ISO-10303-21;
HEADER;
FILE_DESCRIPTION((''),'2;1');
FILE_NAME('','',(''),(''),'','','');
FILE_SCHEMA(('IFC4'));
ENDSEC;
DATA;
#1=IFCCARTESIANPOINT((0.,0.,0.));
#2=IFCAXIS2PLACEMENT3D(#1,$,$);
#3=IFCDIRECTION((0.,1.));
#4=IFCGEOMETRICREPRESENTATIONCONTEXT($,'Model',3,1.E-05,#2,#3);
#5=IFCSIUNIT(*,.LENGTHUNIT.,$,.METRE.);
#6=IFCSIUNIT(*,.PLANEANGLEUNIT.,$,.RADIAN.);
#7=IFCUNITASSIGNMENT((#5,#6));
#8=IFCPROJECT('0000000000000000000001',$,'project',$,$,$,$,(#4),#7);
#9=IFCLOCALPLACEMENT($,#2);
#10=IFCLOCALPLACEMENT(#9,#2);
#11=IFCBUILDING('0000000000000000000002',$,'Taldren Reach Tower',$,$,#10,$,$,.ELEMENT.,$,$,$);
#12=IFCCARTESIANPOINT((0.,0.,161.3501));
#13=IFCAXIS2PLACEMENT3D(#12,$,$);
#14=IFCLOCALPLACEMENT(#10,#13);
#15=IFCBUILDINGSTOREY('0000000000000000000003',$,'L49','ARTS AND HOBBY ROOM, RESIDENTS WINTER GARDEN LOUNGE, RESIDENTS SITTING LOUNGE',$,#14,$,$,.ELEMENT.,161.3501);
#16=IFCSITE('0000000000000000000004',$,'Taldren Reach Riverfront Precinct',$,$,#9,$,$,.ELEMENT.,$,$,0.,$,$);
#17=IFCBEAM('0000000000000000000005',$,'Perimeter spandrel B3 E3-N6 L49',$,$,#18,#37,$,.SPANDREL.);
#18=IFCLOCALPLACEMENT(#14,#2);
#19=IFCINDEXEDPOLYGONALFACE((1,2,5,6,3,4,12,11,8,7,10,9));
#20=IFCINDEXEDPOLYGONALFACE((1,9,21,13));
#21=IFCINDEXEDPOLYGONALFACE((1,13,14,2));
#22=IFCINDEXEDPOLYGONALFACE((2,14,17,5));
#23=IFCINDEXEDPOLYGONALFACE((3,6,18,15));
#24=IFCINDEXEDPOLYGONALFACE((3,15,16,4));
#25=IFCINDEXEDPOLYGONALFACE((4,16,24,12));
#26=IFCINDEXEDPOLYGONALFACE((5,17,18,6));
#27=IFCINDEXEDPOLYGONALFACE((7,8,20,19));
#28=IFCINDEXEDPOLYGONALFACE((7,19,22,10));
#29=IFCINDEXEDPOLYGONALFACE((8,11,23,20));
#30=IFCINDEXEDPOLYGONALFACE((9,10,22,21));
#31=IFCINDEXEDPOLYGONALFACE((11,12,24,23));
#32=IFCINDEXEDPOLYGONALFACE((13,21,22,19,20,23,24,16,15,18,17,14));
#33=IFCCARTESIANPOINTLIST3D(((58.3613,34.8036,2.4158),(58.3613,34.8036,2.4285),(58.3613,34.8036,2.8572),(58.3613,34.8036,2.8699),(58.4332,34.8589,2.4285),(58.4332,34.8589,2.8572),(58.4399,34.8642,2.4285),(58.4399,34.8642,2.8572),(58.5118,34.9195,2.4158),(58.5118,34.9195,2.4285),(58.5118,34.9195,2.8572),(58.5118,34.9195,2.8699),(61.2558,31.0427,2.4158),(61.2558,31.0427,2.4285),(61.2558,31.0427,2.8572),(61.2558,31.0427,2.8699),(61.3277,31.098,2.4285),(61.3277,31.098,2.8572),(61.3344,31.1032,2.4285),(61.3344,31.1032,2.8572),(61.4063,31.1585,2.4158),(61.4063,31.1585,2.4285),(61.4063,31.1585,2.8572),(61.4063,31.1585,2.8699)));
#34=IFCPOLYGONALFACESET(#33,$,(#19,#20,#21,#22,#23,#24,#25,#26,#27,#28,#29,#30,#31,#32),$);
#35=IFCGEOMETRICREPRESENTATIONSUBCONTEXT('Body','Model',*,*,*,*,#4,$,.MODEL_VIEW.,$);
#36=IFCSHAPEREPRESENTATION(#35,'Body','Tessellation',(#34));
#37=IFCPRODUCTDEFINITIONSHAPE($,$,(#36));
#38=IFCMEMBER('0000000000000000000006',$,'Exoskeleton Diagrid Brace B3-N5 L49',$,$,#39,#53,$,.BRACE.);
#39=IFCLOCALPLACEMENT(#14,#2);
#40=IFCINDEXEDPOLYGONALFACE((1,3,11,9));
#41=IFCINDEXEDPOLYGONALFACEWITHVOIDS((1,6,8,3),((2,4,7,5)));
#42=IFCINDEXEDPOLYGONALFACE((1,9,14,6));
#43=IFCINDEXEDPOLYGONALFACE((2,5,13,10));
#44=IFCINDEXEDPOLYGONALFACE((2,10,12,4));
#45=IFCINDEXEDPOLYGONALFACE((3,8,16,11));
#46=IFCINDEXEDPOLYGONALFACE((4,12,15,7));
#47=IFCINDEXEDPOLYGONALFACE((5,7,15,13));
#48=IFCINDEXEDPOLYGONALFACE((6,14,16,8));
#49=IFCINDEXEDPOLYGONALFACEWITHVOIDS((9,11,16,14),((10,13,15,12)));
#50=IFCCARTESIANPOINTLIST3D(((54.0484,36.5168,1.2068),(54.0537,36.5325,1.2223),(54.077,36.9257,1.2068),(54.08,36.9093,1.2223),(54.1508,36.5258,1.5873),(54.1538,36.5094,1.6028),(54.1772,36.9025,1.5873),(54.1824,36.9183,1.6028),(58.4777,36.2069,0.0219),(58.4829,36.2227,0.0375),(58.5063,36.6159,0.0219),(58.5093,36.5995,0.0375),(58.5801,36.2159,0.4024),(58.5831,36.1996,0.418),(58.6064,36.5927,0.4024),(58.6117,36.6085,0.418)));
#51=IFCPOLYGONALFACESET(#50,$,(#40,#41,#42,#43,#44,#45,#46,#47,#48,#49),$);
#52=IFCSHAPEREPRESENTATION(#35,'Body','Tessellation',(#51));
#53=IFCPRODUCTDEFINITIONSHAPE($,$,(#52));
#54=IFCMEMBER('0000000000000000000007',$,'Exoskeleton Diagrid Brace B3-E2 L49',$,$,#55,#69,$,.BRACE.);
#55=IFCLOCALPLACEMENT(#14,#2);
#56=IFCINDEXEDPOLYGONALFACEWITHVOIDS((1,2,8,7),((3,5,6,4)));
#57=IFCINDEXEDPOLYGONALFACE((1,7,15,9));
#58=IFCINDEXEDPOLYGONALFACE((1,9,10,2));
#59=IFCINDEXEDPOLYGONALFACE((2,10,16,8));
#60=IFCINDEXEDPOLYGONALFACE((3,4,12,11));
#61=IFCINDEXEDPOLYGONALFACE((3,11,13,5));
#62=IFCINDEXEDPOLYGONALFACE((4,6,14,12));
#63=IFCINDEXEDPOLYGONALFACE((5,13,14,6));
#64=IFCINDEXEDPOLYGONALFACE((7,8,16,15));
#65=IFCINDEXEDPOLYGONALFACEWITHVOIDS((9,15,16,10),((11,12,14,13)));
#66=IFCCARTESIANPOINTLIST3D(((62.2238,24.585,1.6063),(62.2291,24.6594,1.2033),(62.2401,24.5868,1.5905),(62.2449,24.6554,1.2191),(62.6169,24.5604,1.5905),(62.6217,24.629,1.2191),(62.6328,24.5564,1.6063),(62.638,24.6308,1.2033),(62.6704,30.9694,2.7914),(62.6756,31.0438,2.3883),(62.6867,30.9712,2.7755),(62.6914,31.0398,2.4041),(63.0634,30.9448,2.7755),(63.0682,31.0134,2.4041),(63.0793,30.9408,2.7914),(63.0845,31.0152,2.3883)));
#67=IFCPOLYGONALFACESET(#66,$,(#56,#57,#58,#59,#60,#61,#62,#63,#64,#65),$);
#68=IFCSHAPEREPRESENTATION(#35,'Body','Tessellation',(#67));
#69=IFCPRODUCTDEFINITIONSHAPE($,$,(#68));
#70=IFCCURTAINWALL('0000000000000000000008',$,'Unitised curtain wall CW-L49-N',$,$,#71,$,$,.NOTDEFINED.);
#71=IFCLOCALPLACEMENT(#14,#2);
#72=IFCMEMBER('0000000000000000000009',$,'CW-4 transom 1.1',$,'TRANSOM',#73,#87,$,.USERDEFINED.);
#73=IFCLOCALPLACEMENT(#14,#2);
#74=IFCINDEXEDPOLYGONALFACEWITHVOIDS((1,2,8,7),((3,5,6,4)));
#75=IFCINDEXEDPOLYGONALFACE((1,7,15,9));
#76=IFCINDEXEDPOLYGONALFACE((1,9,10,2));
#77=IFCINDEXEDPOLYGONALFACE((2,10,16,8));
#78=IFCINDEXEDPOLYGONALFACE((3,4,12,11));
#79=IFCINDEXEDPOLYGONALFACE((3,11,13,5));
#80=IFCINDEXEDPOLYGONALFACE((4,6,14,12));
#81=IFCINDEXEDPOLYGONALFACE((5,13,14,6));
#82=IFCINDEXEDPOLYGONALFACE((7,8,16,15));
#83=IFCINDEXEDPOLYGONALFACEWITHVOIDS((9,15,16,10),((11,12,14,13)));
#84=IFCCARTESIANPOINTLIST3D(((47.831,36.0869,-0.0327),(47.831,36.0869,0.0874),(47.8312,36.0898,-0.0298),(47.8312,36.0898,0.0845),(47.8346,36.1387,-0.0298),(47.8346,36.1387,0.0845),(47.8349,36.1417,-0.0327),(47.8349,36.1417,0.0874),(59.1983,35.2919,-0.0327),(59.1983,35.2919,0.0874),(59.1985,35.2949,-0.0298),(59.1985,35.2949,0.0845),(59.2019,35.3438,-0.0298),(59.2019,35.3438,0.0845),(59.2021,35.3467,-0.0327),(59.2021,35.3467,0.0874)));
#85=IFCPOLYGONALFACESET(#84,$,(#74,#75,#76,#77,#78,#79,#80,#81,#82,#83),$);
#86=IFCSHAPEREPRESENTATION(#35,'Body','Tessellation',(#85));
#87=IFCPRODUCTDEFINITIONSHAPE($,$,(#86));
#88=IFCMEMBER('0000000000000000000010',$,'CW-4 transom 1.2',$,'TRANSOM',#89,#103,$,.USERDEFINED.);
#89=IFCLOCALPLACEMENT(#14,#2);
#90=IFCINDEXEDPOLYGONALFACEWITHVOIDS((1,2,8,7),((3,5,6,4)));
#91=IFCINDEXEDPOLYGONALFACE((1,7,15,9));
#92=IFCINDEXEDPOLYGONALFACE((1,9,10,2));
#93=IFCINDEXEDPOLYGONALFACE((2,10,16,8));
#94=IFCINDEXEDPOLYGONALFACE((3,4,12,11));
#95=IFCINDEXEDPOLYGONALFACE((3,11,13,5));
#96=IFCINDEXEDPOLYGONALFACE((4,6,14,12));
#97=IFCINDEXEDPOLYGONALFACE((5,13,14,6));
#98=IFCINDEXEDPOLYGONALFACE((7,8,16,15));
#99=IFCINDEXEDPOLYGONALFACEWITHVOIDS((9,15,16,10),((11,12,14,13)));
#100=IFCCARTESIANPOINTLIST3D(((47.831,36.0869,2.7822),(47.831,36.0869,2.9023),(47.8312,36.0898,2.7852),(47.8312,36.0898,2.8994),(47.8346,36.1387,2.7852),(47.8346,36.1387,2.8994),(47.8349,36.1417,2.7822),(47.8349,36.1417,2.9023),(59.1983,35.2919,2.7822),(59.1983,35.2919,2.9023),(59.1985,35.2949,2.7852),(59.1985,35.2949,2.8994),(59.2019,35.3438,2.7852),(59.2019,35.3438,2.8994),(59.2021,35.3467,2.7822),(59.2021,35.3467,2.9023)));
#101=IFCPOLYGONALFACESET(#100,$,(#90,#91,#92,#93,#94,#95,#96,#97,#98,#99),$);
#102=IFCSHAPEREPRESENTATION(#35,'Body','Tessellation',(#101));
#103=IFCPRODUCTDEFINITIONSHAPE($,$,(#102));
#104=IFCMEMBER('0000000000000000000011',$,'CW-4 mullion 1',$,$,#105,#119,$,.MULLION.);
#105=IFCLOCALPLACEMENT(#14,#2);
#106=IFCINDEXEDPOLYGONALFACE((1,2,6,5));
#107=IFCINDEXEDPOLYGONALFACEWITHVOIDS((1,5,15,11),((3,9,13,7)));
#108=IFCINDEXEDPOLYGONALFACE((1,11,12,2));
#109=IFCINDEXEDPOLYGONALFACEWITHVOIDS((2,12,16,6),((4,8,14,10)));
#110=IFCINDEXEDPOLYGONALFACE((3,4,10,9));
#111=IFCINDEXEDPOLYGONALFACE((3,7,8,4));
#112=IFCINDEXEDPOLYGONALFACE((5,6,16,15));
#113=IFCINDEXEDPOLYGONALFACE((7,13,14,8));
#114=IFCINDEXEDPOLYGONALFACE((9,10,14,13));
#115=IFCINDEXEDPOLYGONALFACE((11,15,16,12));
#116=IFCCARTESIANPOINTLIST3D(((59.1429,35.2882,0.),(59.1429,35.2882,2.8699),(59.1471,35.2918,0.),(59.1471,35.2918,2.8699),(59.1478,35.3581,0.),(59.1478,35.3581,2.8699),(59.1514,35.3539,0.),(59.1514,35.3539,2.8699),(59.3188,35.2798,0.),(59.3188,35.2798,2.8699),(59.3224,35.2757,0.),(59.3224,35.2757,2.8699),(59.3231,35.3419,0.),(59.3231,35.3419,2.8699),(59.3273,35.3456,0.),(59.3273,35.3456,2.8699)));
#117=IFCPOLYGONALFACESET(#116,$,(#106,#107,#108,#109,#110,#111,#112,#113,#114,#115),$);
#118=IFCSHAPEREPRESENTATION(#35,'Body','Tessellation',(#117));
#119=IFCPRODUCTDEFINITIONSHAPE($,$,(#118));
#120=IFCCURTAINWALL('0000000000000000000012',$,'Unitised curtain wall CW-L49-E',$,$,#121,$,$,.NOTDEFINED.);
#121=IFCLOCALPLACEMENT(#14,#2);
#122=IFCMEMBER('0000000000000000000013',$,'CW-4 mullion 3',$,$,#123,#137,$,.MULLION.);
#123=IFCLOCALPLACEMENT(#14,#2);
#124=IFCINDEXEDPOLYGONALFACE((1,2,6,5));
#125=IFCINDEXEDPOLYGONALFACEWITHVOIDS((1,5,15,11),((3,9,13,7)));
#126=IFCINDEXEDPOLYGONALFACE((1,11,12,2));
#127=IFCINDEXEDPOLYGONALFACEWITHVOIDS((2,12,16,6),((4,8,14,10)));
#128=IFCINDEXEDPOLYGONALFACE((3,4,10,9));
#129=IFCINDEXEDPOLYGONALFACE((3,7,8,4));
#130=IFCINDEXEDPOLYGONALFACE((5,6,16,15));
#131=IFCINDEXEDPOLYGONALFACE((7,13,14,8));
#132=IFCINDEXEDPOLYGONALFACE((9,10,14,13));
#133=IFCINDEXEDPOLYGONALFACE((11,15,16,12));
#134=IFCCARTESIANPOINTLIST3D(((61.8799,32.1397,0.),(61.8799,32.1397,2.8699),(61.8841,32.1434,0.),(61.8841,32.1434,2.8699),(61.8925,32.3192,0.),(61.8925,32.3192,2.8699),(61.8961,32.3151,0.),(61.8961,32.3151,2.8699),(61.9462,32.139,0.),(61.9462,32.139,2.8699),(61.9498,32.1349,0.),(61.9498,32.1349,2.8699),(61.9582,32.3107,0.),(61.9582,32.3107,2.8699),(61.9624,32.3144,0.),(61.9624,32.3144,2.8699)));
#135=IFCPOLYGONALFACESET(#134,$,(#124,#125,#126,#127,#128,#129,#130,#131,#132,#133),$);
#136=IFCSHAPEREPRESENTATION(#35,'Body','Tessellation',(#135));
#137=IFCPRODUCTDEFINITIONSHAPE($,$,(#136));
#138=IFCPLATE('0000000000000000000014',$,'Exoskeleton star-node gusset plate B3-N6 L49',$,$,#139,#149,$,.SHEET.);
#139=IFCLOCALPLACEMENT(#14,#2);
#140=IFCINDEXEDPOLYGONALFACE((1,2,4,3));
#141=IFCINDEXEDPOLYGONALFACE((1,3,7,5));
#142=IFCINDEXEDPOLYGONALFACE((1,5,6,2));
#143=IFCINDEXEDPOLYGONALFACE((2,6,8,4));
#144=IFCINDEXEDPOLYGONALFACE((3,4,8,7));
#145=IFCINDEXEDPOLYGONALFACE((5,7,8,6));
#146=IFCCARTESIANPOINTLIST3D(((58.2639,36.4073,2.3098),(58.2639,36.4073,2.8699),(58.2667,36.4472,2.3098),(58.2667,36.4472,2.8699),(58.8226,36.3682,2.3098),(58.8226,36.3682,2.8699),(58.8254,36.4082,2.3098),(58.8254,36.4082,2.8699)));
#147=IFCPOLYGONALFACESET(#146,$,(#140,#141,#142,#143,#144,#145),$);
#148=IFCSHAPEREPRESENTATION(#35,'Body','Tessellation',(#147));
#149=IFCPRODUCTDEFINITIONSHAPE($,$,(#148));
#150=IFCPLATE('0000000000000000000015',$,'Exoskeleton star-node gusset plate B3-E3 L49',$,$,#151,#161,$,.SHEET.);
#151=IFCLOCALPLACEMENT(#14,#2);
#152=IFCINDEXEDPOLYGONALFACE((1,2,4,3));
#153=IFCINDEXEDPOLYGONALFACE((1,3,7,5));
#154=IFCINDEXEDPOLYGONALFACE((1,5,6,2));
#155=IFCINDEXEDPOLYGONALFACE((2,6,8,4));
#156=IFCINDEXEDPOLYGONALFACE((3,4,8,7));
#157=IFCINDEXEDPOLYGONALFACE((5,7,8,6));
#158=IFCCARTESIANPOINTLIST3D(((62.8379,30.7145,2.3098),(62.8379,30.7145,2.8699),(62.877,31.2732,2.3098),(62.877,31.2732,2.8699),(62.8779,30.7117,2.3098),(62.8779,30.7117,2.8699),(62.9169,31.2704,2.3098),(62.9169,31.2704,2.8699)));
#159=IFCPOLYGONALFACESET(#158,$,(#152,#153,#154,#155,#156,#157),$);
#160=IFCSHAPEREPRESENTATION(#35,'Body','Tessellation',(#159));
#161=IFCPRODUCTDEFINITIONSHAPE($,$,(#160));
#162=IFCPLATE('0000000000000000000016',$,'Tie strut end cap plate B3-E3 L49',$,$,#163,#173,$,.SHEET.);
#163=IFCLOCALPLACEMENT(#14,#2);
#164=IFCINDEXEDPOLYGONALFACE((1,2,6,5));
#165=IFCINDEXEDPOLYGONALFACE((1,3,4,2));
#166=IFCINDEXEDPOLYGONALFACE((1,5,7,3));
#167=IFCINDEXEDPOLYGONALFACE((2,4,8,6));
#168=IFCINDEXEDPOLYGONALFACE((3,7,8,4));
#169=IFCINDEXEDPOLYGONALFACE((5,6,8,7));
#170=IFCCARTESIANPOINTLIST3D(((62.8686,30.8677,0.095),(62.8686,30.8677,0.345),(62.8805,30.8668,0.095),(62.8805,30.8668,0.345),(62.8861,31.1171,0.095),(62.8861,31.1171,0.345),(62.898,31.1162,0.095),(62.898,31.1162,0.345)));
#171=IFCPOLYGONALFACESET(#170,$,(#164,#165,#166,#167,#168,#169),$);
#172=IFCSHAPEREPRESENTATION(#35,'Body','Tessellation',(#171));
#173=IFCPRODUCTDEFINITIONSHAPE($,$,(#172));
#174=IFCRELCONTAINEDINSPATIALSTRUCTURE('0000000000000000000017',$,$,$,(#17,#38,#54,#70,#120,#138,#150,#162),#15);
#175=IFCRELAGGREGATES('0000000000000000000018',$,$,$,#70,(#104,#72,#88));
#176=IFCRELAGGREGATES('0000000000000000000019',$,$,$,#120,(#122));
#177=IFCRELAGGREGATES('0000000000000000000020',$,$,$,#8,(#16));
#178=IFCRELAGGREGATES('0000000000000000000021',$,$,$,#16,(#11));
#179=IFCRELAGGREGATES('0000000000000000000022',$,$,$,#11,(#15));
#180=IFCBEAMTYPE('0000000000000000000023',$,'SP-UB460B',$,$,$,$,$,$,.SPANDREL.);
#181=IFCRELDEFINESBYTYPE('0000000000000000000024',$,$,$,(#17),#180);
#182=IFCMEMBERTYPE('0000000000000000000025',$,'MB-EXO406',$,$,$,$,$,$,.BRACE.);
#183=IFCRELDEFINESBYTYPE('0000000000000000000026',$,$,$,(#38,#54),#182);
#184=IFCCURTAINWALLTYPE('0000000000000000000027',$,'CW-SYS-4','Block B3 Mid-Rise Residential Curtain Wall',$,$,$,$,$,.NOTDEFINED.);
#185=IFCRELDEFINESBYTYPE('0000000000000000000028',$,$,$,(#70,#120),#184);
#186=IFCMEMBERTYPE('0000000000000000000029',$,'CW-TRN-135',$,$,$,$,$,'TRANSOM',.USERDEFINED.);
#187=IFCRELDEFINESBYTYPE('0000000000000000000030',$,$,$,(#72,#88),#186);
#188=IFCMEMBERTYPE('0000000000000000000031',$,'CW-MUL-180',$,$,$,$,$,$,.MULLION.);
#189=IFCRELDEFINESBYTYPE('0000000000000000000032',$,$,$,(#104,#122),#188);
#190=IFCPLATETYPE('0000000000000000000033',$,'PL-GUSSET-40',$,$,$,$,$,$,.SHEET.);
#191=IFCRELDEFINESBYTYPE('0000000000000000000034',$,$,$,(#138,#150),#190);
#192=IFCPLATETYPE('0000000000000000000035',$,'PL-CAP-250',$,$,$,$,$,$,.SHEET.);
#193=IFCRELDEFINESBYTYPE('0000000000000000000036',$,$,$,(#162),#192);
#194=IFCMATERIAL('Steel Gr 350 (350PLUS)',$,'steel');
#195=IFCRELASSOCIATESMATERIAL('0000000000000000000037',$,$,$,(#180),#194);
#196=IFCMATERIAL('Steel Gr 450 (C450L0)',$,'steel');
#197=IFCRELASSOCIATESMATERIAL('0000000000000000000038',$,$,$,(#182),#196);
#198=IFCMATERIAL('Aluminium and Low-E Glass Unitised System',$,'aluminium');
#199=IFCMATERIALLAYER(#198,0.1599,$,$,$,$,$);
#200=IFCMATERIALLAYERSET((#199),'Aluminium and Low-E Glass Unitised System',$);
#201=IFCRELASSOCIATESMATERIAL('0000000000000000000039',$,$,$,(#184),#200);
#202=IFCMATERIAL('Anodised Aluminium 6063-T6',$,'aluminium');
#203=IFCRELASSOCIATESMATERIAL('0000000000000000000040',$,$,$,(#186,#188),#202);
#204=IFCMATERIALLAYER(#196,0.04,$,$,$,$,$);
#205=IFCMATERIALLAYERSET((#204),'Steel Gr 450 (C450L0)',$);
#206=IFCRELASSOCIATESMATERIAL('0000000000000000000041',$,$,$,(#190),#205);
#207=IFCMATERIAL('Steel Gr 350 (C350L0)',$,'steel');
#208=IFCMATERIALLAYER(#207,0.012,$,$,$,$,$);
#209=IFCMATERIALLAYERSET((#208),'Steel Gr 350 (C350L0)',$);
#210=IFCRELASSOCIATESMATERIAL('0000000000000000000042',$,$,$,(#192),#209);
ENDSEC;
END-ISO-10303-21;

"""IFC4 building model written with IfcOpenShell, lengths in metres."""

from ifc_helpers import new_model, si_unit, direction, frame, origin, origin_2d, place, context, subcontext, project, spatial, rectangle, hollow_rectangle, i_section, extrude, source, transform, mapped, material, layer, layer_set, material_profile, profile_set, type_object, element, aggregate, save


model = new_model("IFC4")

# Units and contexts
model_context = context("Model", 3, precision=1e-05, world=origin(), true_north=direction((0.0, 1.0)))
body_context = subcontext(model_context, "Body", "Model", "MODEL_VIEW")
ifc_project = project(units=[si_unit("LENGTHUNIT", "METRE"), si_unit("PLANEANGLEUNIT", "RADIAN")], contexts=[model_context])

# Site, building, storey
site_placement = place(None, origin())
site = spatial("IfcSite", under=ifc_project, at=site_placement, Name="Taldren Reach Riverfront Precinct", CompositionType="ELEMENT", RefElevation=0.0)
building_placement = place(site_placement, origin())
building = spatial("IfcBuilding", under=site, at=building_placement, Name="Taldren Reach Tower", CompositionType="ELEMENT")
storey_placement = place(building_placement, frame((0.0, 0.0, 161.3501)))
storey = spatial("IfcBuildingStorey", under=building, at=storey_placement, Name="L49", Description="ARTS AND HOBBY ROOM, RESIDENTS WINTER GARDEN LOUNGE, RESIDENTS SITTING LOUNGE", CompositionType="ELEMENT", Elevation=161.3501)

# Shared definitions
ifc_material_1 = material(Name="Steel Gr 450 (C450L0)", Category="steel")
ifc_material_2 = material(Name="Steel Gr 350 (350PLUS)", Category="steel")

# Shared definitions
ifc_material_3 = material(Name="Steel Gr 350 (C350L0)", Category="steel")

# Beam
ifc_material_profile_1 = material_profile(ifc_material_2, i_section(OverallWidth=0.1899, OverallDepth=0.4541, WebThickness=0.0085, FlangeThickness=0.0127, at=origin_2d()), Name="460UB67.1")
ifc_profile_set_1 = profile_set([ifc_material_profile_1], Name="Steel Gr 350 (350PLUS)")
beam_type = type_object("IfcBeamType", Name="SP-UB460B", PredefinedType="SPANDREL", material=ifc_profile_set_1)
shared_shape_1 = source(origin(), body_context, "Body", "SweptSolid", [
    extrude(i_section(OverallWidth=0.1899, OverallDepth=0.4541, WebThickness=0.0085, FlangeThickness=0.0127, at=origin_2d()), origin(), (0.0, 0.0, 1.0), 4.7458),
])
beam_1_placement = place(storey_placement, frame((61.3311, 31.1006, 2.6428), z_axis=(-0.609905, 0.792475, 0.0), x_axis=(-0.792475, -0.609905, 0.0)))
element("IfcBeam", 1, at=beam_1_placement, inside=storey, type_object=beam_type, Name="Perimeter spandrel B3 E3-N6 L49", PredefinedType="SPANDREL", context=body_context, shape_type="MappedRepresentation", body=[
    mapped(shared_shape_1, transform((0.0, 0.0, 0.0), scale=1.0)),
])

# Members
ifc_material_profile_2 = material_profile(ifc_material_1, hollow_rectangle(XDim=0.4099, YDim=0.4099, WallThickness=0.0161, at=origin_2d()), Name="410x410x16.0SHS")
ifc_profile_set_2 = profile_set([ifc_material_profile_2], Name="Steel Gr 450 (C450L0)")
member_type_1 = type_object("IfcMemberType", Name="MB-EXO406", PredefinedType="BRACE", material=ifc_profile_set_2)
shared_shape_2 = source(origin(), body_context, "Body", "SweptSolid", [
    extrude(hollow_rectangle(XDim=0.4099, YDim=0.4099, WallThickness=0.0161, at=origin_2d()), origin(), (0.0, 0.0, 1.0), 4.5955),
])
member_1_placement = place(storey_placement, frame((58.5447, 36.4077, 0.22), z_axis=(-0.963836, 0.067419, 0.257827), x_axis=(-0.069778, -0.997563, 0.0)))
element("IfcMember", 2, at=member_1_placement, inside=storey, type_object=member_type_1, Name="Exoskeleton Diagrid Brace B3-N5 L49", PredefinedType="BRACE", context=body_context, shape_type="MappedRepresentation", body=[
    mapped(shared_shape_2, transform((0.0, 0.0, 0.0), scale=1.0)),
])
shared_shape_3 = source(origin(), body_context, "Body", "SweptSolid", [
    extrude(hollow_rectangle(XDim=0.4099, YDim=0.4099, WallThickness=0.0161, at=origin_2d()), origin(), (0.0, 0.0, 1.0), 6.5088),
])
member_2_placement = place(storey_placement, frame((62.4309, 24.6079, 1.4048), z_axis=(0.068603, 0.98089, 0.182067), x_axis=(-0.997563, 0.06977, 0.0)))
element("IfcMember", 3, at=member_2_placement, inside=storey, type_object=member_type_1, Name="Exoskeleton Diagrid Brace B3-E2 L49", PredefinedType="BRACE", context=body_context, shape_type="MappedRepresentation", body=[
    mapped(shared_shape_3, transform((0.0, 0.0, 0.0), scale=1.0)),
])

# Curtain wall, members
ifc_material_4 = material(Name="Aluminium and Low-E Glass Unitised System", Category="aluminium")
ifc_layer_1 = layer(ifc_material_4, 0.1599)
ifc_layer_set_1 = layer_set([ifc_layer_1], Name="Aluminium and Low-E Glass Unitised System")
curtain_wall_type = type_object("IfcCurtainWallType", Name="CW-SYS-4", Description="Block B3 Mid-Rise Residential Curtain Wall", PredefinedType="NOTDEFINED", material=ifc_layer_set_1)
curtain_wall_1_placement = place(storey_placement, origin())
curtain_wall_1 = element("IfcCurtainWall", 4, at=curtain_wall_1_placement, inside=storey, type_object=curtain_wall_type, Name="Unitised curtain wall CW-L49-N", PredefinedType="NOTDEFINED")
ifc_material_5 = material(Name="Anodised Aluminium 6063-T6", Category="aluminium")
ifc_material_profile_3 = material_profile(ifc_material_5, hollow_rectangle(XDim=0.0549, YDim=0.1201, WallThickness=0.0029, at=origin_2d()), Name="ALU-120x55x3RHS")
ifc_profile_set_3 = profile_set([ifc_material_profile_3], Name="Anodised Aluminium 6063-T6")
member_type_2 = type_object("IfcMemberType", Name="CW-TRN-135", ElementType="TRANSOM", PredefinedType="USERDEFINED", material=ifc_profile_set_3)
shared_shape_4 = source(origin(), body_context, "Body", "SweptSolid", [
    extrude(hollow_rectangle(XDim=0.0549, YDim=0.1201, WallThickness=0.0029, at=origin_2d()), origin(), (0.0, 0.0, 1.0), 11.395),
])
member_3_placement = place(storey_placement, frame((59.2002, 35.3193, 0.0273), z_axis=(-0.997564, 0.069761, 0.0), x_axis=(-0.069761, -0.997564, 0.0)))
member_3 = element("IfcMember", 5, at=member_3_placement, type_object=member_type_2, Name="CW-4 transom 1.1", ObjectType="TRANSOM", PredefinedType="USERDEFINED", context=body_context, shape_type="MappedRepresentation", body=[
    mapped(shared_shape_4, transform((0.0, 0.0, 0.0), scale=1.0)),
])
member_4_placement = place(storey_placement, frame((59.2002, 35.3193, 2.8423), z_axis=(-0.997564, 0.069761, 0.0), x_axis=(-0.069761, -0.997564, 0.0)))
member_4 = element("IfcMember", 6, at=member_4_placement, type_object=member_type_2, Name="CW-4 transom 1.2", ObjectType="TRANSOM", PredefinedType="USERDEFINED", context=body_context, shape_type="MappedRepresentation", body=[
    mapped(shared_shape_4, transform((0.0, 0.0, 0.0), scale=1.0)),
])
ifc_material_profile_4 = material_profile(ifc_material_5, hollow_rectangle(XDim=0.0701, YDim=0.1799, WallThickness=0.0039, at=origin_2d()), Name="ALU-180x70x4RHS")
ifc_profile_set_4 = profile_set([ifc_material_profile_4], Name="Anodised Aluminium 6063-T6")
member_type_3 = type_object("IfcMemberType", Name="CW-MUL-180", PredefinedType="MULLION", material=ifc_profile_set_4)
shared_shape_5 = source(origin(), body_context, "Body", "SweptSolid", [
    extrude(hollow_rectangle(XDim=0.0701, YDim=0.1799, WallThickness=0.0039, at=origin_2d()), origin(), (0.0, 0.0, 1.0), 2.8699),
])
member_5_placement = place(storey_placement, frame((59.2351, 35.3169, 0.0), z_axis=(0.0, 0.0, 1.0), x_axis=(-0.069757, -0.997564, 0.0)))
member_5 = element("IfcMember", 7, at=member_5_placement, type_object=member_type_3, Name="CW-4 mullion 1", PredefinedType="MULLION", context=body_context, shape_type="MappedRepresentation", body=[
    mapped(shared_shape_5, transform((0.0, 0.0, 0.0), scale=1.0)),
])
aggregate(curtain_wall_1, [member_5, member_3, member_4])

# Curtain wall, member
curtain_wall_2_placement = place(storey_placement, origin())
curtain_wall_2 = element("IfcCurtainWall", 8, at=curtain_wall_2_placement, inside=storey, type_object=curtain_wall_type, Name="Unitised curtain wall CW-L49-E", PredefinedType="NOTDEFINED")
member_6_placement = place(storey_placement, frame((61.9211, 32.2271, 0.0), z_axis=(0.0, 0.0, 1.0), x_axis=(-0.997564, 0.069756, 0.0)))
member_6 = element("IfcMember", 9, at=member_6_placement, type_object=member_type_3, Name="CW-4 mullion 3", PredefinedType="MULLION", context=body_context, shape_type="MappedRepresentation", body=[
    mapped(shared_shape_5, transform((0.0, 0.0, 0.0), scale=1.0)),
])

# Plates
ifc_layer_2 = layer(ifc_material_1, 0.04)
ifc_layer_set_2 = layer_set([ifc_layer_2], Name="Steel Gr 450 (C450L0)")
plate_type_1 = type_object("IfcPlateType", Name="PL-GUSSET-40", PredefinedType="SHEET", material=ifc_layer_set_2)
shared_shape_6 = source(origin(), body_context, "Body", "SweptSolid", [
    extrude(rectangle(XDim=0.5601, YDim=0.04, at=origin_2d()), origin(), (0.0, 0.0, 1.0), 0.5601),
])
for number, where, z_axis, x_axis, name in (
    (10, (58.5447, 36.4077, 2.3098), (0.0, 0.0, 1.0), (0.997564, -0.069756, 0.0), "Exoskeleton star-node gusset plate B3-N6 L49"),
    (11, (62.8774, 30.9924, 2.3098), (0.0, 0.0, 1.0), (0.069756, 0.997564, 0.0), "Exoskeleton star-node gusset plate B3-E3 L49"),
):
    element("IfcPlate", number, at=place(storey_placement, frame(where, z_axis=z_axis, x_axis=x_axis)), inside=storey, type_object=plate_type_1, Name=name, PredefinedType="SHEET", context=body_context, shape_type="MappedRepresentation", body=[
        mapped(shared_shape_6, transform((0.0, 0.0, 0.0), scale=1.0)),
    ])
ifc_layer_3 = layer(ifc_material_3, 0.012)
ifc_layer_set_3 = layer_set([ifc_layer_3], Name="Steel Gr 350 (C350L0)")
plate_type_2 = type_object("IfcPlateType", Name="PL-CAP-250", PredefinedType="SHEET", material=ifc_layer_set_3)
shared_shape_7 = source(origin(), body_context, "Body", "SweptSolid", [
    extrude(rectangle(XDim=0.012, YDim=0.25, at=origin_2d()), origin(), (0.0, 0.0, 1.0), 0.25),
])
plate_1_placement = place(storey_placement, frame((62.8833, 30.9919, 0.095), z_axis=(0.0, 0.0, 1.0), x_axis=(0.997564, -0.069756, 0.0)))
element("IfcPlate", 12, at=plate_1_placement, inside=storey, type_object=plate_type_2, Name="Tie strut end cap plate B3-E3 L49", PredefinedType="SHEET", context=body_context, shape_type="MappedRepresentation", body=[
    mapped(shared_shape_7, transform((0.0, 0.0, 0.0), scale=1.0)),
])

aggregate(curtain_wall_2, [member_6])

save(model, "model.ifc")
